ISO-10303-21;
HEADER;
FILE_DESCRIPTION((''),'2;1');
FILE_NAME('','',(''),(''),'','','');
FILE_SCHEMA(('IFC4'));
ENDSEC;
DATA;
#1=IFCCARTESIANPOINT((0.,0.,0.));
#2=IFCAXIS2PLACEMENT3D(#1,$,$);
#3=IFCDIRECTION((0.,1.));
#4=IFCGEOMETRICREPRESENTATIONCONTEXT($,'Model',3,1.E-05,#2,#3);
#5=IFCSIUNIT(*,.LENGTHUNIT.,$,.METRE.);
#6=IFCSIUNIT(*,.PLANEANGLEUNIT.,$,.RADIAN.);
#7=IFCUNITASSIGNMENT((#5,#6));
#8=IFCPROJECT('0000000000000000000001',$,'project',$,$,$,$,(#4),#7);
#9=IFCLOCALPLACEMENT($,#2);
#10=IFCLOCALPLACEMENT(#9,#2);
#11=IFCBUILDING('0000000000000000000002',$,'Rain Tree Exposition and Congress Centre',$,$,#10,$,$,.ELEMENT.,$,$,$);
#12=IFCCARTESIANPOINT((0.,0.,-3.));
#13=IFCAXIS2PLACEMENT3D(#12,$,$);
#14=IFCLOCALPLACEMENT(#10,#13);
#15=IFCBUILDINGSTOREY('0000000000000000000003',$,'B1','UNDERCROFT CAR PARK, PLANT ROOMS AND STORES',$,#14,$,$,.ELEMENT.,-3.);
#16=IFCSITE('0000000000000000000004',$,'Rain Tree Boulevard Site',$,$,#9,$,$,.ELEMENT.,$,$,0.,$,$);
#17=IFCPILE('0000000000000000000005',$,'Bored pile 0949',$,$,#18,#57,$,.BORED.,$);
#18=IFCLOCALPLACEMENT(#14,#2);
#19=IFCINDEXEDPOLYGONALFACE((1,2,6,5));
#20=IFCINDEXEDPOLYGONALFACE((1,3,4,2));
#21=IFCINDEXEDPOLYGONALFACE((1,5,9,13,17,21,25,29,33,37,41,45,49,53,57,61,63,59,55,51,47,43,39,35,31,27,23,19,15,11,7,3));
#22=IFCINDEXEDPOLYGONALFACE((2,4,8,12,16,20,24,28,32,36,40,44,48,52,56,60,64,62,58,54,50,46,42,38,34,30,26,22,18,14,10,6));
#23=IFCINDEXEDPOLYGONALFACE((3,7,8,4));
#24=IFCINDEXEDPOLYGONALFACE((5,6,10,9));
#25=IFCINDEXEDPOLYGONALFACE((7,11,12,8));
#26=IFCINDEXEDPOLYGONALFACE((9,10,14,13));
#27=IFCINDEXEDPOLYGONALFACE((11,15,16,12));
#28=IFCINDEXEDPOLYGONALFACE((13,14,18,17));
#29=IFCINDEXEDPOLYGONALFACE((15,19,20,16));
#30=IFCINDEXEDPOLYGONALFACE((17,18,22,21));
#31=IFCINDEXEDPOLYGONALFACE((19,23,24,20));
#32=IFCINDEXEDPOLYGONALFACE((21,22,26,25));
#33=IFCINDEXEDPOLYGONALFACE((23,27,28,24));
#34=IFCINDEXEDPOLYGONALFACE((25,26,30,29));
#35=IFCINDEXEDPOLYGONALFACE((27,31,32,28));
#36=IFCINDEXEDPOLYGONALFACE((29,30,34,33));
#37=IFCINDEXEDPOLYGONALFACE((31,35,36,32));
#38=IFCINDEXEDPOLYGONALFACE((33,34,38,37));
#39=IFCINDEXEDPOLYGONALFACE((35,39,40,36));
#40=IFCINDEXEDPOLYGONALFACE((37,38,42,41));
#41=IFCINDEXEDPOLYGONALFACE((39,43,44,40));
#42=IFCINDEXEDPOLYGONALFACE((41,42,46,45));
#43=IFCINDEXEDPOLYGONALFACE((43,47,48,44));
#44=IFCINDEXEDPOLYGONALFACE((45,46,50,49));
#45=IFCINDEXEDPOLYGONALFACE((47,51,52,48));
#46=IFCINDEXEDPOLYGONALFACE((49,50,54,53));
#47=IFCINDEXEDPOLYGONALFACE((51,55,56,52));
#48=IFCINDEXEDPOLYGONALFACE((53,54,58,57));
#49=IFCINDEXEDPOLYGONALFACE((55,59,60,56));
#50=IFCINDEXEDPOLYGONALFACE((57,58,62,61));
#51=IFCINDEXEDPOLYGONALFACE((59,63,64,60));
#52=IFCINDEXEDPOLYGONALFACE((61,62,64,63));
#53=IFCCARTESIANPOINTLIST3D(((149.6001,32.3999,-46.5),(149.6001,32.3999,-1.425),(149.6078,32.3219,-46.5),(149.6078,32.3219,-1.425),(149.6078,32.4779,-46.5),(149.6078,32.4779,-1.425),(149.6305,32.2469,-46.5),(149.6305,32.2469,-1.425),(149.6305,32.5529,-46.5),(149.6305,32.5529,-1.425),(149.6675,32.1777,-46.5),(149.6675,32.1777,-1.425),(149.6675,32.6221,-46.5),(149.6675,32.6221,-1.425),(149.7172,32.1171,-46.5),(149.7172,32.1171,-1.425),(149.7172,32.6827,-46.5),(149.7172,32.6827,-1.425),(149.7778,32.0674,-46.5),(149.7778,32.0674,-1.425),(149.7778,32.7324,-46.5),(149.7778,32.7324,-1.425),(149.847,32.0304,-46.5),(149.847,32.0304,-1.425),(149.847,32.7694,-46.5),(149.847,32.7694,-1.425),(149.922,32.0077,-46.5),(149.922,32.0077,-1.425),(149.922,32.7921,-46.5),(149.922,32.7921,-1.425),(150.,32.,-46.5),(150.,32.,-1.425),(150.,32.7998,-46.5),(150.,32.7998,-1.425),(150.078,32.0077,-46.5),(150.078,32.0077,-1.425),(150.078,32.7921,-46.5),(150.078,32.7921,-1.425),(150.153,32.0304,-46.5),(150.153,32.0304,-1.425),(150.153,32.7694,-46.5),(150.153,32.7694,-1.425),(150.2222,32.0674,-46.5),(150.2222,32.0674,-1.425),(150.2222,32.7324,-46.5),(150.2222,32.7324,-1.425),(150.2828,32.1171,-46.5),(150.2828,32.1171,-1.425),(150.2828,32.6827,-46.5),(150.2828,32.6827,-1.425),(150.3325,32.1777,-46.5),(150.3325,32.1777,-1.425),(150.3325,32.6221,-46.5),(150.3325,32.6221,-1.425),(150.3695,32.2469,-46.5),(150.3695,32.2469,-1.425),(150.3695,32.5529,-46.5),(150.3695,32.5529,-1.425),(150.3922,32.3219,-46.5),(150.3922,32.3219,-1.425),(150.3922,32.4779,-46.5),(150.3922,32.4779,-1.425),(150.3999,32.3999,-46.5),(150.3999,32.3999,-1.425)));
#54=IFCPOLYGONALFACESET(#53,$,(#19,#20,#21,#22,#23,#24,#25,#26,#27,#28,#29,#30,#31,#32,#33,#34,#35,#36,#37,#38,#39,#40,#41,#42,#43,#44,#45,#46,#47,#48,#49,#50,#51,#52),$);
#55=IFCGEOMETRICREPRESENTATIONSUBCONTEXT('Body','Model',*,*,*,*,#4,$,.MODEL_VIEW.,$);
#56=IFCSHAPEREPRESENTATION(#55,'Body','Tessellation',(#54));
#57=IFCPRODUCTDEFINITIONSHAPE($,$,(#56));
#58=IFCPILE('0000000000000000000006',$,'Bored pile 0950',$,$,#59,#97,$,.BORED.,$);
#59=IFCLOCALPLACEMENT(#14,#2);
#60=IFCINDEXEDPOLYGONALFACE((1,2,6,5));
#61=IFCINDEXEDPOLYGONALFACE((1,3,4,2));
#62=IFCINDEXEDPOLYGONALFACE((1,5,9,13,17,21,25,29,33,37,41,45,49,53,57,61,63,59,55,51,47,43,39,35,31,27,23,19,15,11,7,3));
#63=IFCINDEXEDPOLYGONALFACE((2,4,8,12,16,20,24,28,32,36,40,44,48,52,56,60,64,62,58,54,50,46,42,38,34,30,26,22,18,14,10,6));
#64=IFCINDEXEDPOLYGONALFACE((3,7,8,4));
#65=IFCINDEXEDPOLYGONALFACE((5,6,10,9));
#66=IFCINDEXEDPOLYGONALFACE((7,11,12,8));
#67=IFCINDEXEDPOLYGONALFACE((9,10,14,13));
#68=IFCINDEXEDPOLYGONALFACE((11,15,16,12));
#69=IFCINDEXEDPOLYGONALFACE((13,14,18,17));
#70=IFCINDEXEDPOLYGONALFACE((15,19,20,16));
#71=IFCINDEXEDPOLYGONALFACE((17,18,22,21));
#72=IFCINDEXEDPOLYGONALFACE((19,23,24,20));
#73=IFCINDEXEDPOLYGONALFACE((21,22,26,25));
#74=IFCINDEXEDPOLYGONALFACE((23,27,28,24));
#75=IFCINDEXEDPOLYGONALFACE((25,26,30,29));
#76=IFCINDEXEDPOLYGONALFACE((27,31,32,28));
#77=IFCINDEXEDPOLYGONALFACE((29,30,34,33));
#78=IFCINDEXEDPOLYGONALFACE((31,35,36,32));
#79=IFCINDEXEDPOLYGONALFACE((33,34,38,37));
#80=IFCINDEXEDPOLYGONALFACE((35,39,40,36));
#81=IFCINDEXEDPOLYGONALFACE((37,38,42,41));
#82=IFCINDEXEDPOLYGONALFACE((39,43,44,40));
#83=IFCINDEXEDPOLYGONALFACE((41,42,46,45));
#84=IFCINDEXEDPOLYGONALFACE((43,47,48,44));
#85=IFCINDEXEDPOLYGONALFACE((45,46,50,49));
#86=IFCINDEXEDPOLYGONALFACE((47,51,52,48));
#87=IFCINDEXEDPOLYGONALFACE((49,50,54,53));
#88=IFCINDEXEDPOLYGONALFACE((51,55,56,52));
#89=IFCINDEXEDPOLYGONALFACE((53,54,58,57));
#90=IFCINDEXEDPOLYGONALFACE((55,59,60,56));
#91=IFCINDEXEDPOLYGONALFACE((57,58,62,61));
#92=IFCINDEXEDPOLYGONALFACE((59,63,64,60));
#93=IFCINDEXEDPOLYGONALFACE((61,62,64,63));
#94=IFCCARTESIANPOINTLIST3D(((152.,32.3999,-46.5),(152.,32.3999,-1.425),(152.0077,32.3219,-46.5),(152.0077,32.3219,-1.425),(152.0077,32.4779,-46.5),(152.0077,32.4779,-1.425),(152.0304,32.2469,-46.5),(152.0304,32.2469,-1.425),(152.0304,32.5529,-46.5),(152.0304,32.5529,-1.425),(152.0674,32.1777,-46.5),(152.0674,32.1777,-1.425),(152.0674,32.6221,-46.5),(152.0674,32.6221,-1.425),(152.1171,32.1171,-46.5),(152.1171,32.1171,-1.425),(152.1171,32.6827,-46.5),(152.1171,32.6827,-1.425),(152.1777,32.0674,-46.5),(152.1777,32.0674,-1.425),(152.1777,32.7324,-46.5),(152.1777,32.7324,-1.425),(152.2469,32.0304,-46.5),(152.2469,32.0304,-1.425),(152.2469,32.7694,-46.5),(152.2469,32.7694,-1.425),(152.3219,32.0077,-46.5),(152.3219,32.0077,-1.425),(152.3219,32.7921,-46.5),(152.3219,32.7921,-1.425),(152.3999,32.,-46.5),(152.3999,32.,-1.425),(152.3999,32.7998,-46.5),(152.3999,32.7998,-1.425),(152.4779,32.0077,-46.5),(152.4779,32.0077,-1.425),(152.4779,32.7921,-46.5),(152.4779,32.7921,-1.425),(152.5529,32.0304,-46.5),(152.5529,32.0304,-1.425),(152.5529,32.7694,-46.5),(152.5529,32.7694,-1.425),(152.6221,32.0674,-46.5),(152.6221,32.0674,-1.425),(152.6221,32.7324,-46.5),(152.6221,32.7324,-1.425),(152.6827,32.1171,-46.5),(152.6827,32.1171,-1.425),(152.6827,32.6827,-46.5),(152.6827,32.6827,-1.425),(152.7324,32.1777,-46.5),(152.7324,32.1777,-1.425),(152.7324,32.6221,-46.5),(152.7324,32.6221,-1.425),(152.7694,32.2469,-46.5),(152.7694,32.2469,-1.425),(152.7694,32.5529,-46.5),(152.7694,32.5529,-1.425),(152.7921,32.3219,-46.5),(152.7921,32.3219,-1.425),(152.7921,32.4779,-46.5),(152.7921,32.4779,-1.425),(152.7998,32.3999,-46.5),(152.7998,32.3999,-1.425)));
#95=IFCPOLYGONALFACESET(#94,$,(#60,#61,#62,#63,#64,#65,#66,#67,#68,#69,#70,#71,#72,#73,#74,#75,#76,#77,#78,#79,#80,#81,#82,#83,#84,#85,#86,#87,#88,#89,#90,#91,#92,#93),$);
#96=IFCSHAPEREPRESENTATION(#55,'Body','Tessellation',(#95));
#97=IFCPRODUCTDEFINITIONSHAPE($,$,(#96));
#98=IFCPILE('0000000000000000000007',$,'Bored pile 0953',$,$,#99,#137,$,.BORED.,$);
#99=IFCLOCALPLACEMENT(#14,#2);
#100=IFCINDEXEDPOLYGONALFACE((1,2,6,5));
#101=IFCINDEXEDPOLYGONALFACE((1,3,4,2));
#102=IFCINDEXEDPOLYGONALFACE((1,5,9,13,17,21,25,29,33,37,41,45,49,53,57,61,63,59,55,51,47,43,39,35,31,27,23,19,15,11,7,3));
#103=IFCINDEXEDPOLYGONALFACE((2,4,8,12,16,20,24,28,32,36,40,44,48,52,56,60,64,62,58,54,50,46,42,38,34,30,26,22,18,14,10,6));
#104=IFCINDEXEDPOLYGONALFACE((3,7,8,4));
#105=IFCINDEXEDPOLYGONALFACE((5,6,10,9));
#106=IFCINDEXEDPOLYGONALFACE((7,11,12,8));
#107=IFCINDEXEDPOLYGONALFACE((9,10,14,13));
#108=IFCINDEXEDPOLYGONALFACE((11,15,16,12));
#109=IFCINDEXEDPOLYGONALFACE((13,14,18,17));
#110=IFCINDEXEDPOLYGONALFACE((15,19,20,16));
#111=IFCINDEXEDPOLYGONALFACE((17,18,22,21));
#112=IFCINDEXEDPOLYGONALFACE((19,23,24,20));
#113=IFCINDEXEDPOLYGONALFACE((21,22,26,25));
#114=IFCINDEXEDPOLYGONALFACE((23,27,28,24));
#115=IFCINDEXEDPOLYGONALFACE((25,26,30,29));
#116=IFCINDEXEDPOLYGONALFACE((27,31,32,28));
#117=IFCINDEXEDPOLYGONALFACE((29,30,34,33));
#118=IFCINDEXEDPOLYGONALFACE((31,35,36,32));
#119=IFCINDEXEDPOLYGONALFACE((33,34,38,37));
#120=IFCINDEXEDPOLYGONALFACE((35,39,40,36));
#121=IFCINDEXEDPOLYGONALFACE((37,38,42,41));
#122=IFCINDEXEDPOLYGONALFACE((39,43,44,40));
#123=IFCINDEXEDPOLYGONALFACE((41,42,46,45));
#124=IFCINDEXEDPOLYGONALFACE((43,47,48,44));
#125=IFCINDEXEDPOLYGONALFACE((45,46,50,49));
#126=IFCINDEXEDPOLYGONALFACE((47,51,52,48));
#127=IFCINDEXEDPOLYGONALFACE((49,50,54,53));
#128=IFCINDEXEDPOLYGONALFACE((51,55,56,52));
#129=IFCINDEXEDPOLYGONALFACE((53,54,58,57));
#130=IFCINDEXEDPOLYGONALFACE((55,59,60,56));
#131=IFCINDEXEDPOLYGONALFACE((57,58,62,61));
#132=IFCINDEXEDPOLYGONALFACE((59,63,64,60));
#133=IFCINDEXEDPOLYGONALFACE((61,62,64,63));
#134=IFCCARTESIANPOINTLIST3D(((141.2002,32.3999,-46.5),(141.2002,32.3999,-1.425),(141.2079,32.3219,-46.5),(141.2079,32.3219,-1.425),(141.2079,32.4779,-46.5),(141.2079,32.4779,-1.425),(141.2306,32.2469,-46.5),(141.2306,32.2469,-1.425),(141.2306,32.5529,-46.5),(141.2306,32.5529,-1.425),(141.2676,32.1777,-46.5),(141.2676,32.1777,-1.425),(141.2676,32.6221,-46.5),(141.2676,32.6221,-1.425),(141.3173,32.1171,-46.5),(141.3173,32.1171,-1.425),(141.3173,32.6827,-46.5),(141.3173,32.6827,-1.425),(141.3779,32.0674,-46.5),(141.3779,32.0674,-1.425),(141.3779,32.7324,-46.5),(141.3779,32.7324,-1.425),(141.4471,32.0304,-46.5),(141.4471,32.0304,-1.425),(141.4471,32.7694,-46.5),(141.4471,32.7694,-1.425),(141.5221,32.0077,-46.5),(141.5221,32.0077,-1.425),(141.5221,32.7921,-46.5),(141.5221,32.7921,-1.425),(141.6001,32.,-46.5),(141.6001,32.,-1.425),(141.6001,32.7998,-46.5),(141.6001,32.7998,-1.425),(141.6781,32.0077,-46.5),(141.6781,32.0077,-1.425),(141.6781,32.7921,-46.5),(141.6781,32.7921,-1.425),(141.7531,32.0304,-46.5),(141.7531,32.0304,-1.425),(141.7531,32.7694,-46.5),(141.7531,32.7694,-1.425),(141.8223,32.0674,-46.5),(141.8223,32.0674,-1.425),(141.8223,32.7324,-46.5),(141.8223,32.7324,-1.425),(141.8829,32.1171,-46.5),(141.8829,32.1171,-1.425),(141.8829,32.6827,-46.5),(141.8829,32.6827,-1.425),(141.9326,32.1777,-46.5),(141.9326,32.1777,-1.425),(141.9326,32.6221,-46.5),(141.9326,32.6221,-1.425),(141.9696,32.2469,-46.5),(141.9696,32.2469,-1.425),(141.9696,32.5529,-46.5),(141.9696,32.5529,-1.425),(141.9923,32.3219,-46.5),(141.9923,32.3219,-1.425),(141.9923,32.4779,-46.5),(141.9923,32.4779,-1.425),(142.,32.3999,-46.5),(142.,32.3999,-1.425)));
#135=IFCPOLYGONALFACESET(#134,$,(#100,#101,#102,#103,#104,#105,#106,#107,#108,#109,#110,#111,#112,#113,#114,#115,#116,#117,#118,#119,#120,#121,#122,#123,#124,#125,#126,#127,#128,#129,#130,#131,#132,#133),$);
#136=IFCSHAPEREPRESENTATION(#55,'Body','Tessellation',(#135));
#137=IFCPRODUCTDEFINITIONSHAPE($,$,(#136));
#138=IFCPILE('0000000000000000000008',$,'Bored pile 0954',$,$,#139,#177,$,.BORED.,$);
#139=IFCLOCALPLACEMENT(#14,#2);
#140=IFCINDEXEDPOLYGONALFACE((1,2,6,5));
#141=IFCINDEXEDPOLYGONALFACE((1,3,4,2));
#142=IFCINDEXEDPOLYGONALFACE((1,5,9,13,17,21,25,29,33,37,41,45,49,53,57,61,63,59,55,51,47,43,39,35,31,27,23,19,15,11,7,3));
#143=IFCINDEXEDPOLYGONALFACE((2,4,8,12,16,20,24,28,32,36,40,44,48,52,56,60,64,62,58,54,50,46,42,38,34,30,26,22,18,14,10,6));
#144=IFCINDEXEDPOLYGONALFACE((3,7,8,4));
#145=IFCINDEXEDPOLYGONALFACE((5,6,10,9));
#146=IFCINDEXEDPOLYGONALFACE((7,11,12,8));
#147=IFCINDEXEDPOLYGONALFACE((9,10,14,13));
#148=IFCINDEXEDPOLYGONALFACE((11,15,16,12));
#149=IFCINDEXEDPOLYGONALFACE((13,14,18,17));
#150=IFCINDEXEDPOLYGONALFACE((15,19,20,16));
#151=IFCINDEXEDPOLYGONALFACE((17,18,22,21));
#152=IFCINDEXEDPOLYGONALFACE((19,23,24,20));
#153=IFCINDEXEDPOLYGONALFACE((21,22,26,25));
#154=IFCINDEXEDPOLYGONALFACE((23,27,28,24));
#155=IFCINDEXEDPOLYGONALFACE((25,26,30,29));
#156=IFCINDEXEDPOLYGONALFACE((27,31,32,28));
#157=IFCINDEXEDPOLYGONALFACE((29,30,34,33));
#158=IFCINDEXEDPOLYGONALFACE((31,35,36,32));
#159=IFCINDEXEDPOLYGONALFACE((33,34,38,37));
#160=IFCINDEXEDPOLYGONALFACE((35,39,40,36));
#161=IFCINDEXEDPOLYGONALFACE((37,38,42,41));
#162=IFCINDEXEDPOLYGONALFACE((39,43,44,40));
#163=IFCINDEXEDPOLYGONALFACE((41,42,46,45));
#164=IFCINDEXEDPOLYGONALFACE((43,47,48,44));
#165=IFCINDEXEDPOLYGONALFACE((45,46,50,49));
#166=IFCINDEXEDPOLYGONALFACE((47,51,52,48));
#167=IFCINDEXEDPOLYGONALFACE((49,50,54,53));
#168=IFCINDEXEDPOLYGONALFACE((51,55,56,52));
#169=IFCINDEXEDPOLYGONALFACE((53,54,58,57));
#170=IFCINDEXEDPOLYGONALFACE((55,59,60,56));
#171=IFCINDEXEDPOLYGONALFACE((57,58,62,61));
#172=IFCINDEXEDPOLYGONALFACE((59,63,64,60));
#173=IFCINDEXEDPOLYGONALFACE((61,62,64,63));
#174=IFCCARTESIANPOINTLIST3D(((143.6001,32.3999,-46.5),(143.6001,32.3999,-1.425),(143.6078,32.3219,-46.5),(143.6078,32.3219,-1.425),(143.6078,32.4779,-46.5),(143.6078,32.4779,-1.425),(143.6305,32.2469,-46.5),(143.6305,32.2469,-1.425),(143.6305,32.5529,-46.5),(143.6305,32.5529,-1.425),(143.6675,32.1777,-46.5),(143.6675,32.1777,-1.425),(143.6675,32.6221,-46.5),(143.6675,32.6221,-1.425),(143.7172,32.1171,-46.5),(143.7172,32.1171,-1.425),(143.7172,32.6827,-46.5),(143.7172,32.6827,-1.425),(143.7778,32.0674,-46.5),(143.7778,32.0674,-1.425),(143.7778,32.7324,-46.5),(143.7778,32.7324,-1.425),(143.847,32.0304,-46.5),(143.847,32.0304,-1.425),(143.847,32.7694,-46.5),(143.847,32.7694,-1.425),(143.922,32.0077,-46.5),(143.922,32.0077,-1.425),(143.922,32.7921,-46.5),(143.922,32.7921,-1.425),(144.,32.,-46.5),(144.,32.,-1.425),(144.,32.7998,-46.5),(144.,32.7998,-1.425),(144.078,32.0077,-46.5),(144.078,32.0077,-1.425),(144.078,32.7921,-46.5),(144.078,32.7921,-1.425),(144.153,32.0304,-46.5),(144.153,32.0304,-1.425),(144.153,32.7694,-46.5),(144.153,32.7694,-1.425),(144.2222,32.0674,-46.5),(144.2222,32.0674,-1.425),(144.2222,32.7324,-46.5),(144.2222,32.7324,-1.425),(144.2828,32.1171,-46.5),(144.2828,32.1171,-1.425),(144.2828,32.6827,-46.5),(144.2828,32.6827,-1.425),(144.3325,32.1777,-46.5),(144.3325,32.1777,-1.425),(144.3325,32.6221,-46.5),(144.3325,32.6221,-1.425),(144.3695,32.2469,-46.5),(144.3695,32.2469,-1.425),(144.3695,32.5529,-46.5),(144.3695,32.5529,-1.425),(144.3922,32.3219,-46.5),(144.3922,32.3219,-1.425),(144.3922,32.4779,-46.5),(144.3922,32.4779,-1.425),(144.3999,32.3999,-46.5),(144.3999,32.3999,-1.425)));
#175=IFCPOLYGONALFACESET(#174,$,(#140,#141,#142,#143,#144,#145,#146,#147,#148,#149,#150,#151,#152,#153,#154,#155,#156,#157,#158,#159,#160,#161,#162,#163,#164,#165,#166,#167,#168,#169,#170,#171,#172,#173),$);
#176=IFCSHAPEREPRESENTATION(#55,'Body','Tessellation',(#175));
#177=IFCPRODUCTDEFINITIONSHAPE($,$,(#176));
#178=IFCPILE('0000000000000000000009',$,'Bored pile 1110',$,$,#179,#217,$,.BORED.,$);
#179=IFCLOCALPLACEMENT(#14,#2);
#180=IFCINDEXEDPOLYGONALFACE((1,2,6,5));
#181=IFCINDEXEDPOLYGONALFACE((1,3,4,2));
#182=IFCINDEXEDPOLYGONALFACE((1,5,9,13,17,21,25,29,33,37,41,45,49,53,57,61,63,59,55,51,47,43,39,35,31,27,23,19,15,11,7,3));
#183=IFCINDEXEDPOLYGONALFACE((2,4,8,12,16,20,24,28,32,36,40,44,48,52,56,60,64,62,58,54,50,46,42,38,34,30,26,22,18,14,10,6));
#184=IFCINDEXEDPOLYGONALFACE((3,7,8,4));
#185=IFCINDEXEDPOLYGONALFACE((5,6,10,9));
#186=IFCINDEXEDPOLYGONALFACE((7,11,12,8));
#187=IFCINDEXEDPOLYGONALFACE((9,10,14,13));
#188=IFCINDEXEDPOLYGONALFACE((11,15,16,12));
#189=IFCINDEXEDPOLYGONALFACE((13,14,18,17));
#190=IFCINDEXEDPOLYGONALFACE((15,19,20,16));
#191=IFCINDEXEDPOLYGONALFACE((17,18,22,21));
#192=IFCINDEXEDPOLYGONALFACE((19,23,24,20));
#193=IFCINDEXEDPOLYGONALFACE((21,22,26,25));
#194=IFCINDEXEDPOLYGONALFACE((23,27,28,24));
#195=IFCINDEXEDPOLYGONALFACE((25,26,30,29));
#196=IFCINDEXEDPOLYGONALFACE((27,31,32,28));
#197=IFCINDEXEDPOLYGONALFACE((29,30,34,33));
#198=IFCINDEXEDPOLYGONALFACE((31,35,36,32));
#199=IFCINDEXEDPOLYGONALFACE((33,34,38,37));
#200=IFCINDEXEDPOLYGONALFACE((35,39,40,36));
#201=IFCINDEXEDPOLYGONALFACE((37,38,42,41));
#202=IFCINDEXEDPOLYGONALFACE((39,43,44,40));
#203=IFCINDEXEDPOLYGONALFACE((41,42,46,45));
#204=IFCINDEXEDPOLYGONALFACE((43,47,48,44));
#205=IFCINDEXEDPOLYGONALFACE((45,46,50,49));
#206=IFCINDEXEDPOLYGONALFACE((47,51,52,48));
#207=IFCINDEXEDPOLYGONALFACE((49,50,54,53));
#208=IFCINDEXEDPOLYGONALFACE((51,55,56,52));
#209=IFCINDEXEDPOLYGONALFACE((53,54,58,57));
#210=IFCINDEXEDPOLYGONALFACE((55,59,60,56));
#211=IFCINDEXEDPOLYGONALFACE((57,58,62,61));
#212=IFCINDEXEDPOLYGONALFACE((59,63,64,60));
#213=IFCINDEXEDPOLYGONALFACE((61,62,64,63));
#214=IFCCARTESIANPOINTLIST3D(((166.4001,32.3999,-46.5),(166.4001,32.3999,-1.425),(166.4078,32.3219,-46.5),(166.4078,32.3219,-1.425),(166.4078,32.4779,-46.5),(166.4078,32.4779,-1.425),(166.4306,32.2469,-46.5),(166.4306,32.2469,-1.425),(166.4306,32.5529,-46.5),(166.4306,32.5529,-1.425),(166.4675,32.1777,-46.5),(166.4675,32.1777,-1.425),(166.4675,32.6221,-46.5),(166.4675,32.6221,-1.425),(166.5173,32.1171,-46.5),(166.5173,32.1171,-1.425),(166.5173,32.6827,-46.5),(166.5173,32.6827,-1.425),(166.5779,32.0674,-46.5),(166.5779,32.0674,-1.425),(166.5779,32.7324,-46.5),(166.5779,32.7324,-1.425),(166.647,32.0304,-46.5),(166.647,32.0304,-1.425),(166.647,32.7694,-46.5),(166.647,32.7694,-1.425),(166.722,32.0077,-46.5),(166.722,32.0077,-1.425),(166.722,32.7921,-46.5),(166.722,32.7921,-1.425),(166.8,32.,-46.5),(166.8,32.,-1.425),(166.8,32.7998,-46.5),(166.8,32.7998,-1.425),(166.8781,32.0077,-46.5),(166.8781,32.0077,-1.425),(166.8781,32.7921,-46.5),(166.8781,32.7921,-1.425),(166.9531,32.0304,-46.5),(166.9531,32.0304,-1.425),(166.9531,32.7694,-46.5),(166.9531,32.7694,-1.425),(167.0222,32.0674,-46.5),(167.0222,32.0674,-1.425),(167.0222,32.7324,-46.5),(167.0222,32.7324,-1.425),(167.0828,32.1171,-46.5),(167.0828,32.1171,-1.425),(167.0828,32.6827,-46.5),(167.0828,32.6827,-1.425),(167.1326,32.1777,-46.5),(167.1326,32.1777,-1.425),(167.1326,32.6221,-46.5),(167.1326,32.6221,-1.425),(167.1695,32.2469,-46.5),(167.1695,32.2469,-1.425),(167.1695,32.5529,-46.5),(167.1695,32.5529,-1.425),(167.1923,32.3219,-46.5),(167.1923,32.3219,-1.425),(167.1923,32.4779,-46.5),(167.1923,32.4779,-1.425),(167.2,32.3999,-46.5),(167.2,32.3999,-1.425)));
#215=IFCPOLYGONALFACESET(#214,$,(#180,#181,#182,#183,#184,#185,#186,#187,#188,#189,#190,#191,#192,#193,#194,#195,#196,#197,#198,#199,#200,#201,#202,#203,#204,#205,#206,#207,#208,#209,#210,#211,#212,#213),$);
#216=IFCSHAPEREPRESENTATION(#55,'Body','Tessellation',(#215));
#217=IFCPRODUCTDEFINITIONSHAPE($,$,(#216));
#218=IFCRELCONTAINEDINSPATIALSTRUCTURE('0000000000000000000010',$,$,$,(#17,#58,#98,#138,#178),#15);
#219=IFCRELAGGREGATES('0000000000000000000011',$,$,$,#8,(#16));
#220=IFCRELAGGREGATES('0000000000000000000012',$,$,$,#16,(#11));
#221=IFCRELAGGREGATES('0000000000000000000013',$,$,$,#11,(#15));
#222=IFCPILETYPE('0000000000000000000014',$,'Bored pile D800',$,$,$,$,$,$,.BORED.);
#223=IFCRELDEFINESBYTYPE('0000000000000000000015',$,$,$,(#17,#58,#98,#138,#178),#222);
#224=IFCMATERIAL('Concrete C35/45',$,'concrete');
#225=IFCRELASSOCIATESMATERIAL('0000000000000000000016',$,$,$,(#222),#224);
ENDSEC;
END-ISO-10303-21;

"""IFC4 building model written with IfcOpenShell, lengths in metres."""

from ifc_helpers import new_model, si_unit, direction, frame, origin, origin_2d, place, context, subcontext, project, spatial, circle, extrude, material, material_profile, profile_set, type_object, element, save


model = new_model("IFC4")

# Units and contexts
model_context = context("Model", 3, precision=1e-05, world=origin(), true_north=direction((0.0, 1.0)))
body_context = subcontext(model_context, "Body", "Model", "MODEL_VIEW")
ifc_project = project(units=[si_unit("LENGTHUNIT", "METRE"), si_unit("PLANEANGLEUNIT", "RADIAN")], contexts=[model_context])

# Site, building, storey
site_placement = place(None, origin())
site = spatial("IfcSite", under=ifc_project, at=site_placement, Name="Rain Tree Boulevard Site", CompositionType="ELEMENT", RefElevation=0.0)
building_placement = place(site_placement, origin())
building = spatial("IfcBuilding", under=site, at=building_placement, Name="Rain Tree Exposition and Congress Centre", CompositionType="ELEMENT")
storey_placement = place(building_placement, frame((0.0, 0.0, -3.0)))
storey = spatial("IfcBuildingStorey", under=building, at=storey_placement, Name="B1", Description="UNDERCROFT CAR PARK, PLANT ROOMS AND STORES", CompositionType="ELEMENT", Elevation=-3.0)

# Piles
ifc_material_1 = material(Name="Concrete C35/45", Category="concrete")
ifc_material_profile_1 = material_profile(ifc_material_1, circle(Radius=0.3999, at=origin_2d()), Name="D800")
ifc_profile_set_1 = profile_set([ifc_material_profile_1], Name="Concrete C35/45")
pile_type_1 = type_object("IfcPileType", Name="Bored pile D800", PredefinedType="BORED", material=ifc_profile_set_1)
for number, where, z_axis, x_axis, name in (
    (1, (150.0, 32.3999, -1.425), (0.0, 0.0, -1.0), (1.0, 0.0, 0.0), "Bored pile 0949"),
    (2, (152.3999, 32.3999, -1.425), (0.0, 0.0, -1.0), (1.0, 0.0, 0.0), "Bored pile 0950"),
    (3, (141.6001, 32.3999, -1.425), (0.0, 0.0, -1.0), (1.0, 0.0, 0.0), "Bored pile 0953"),
    (4, (144.0, 32.3999, -1.425), (0.0, 0.0, -1.0), (1.0, 0.0, 0.0), "Bored pile 0954"),
    (5, (166.8, 32.3999, -1.425), (0.0, 0.0, -1.0), (1.0, 0.0, 0.0), "Bored pile 1110"),
):
    element("IfcPile", number, at=place(storey_placement, frame(where, z_axis=z_axis, x_axis=x_axis)), inside=storey, type_object=pile_type_1, Name=name, PredefinedType="BORED", context=body_context, shape_type="SweptSolid", body=[
        extrude(circle(Radius=0.3999, at=origin_2d()), origin(), (0.0, 0.0, 1.0), 45.075),
    ])

save(model, "model.ifc")
